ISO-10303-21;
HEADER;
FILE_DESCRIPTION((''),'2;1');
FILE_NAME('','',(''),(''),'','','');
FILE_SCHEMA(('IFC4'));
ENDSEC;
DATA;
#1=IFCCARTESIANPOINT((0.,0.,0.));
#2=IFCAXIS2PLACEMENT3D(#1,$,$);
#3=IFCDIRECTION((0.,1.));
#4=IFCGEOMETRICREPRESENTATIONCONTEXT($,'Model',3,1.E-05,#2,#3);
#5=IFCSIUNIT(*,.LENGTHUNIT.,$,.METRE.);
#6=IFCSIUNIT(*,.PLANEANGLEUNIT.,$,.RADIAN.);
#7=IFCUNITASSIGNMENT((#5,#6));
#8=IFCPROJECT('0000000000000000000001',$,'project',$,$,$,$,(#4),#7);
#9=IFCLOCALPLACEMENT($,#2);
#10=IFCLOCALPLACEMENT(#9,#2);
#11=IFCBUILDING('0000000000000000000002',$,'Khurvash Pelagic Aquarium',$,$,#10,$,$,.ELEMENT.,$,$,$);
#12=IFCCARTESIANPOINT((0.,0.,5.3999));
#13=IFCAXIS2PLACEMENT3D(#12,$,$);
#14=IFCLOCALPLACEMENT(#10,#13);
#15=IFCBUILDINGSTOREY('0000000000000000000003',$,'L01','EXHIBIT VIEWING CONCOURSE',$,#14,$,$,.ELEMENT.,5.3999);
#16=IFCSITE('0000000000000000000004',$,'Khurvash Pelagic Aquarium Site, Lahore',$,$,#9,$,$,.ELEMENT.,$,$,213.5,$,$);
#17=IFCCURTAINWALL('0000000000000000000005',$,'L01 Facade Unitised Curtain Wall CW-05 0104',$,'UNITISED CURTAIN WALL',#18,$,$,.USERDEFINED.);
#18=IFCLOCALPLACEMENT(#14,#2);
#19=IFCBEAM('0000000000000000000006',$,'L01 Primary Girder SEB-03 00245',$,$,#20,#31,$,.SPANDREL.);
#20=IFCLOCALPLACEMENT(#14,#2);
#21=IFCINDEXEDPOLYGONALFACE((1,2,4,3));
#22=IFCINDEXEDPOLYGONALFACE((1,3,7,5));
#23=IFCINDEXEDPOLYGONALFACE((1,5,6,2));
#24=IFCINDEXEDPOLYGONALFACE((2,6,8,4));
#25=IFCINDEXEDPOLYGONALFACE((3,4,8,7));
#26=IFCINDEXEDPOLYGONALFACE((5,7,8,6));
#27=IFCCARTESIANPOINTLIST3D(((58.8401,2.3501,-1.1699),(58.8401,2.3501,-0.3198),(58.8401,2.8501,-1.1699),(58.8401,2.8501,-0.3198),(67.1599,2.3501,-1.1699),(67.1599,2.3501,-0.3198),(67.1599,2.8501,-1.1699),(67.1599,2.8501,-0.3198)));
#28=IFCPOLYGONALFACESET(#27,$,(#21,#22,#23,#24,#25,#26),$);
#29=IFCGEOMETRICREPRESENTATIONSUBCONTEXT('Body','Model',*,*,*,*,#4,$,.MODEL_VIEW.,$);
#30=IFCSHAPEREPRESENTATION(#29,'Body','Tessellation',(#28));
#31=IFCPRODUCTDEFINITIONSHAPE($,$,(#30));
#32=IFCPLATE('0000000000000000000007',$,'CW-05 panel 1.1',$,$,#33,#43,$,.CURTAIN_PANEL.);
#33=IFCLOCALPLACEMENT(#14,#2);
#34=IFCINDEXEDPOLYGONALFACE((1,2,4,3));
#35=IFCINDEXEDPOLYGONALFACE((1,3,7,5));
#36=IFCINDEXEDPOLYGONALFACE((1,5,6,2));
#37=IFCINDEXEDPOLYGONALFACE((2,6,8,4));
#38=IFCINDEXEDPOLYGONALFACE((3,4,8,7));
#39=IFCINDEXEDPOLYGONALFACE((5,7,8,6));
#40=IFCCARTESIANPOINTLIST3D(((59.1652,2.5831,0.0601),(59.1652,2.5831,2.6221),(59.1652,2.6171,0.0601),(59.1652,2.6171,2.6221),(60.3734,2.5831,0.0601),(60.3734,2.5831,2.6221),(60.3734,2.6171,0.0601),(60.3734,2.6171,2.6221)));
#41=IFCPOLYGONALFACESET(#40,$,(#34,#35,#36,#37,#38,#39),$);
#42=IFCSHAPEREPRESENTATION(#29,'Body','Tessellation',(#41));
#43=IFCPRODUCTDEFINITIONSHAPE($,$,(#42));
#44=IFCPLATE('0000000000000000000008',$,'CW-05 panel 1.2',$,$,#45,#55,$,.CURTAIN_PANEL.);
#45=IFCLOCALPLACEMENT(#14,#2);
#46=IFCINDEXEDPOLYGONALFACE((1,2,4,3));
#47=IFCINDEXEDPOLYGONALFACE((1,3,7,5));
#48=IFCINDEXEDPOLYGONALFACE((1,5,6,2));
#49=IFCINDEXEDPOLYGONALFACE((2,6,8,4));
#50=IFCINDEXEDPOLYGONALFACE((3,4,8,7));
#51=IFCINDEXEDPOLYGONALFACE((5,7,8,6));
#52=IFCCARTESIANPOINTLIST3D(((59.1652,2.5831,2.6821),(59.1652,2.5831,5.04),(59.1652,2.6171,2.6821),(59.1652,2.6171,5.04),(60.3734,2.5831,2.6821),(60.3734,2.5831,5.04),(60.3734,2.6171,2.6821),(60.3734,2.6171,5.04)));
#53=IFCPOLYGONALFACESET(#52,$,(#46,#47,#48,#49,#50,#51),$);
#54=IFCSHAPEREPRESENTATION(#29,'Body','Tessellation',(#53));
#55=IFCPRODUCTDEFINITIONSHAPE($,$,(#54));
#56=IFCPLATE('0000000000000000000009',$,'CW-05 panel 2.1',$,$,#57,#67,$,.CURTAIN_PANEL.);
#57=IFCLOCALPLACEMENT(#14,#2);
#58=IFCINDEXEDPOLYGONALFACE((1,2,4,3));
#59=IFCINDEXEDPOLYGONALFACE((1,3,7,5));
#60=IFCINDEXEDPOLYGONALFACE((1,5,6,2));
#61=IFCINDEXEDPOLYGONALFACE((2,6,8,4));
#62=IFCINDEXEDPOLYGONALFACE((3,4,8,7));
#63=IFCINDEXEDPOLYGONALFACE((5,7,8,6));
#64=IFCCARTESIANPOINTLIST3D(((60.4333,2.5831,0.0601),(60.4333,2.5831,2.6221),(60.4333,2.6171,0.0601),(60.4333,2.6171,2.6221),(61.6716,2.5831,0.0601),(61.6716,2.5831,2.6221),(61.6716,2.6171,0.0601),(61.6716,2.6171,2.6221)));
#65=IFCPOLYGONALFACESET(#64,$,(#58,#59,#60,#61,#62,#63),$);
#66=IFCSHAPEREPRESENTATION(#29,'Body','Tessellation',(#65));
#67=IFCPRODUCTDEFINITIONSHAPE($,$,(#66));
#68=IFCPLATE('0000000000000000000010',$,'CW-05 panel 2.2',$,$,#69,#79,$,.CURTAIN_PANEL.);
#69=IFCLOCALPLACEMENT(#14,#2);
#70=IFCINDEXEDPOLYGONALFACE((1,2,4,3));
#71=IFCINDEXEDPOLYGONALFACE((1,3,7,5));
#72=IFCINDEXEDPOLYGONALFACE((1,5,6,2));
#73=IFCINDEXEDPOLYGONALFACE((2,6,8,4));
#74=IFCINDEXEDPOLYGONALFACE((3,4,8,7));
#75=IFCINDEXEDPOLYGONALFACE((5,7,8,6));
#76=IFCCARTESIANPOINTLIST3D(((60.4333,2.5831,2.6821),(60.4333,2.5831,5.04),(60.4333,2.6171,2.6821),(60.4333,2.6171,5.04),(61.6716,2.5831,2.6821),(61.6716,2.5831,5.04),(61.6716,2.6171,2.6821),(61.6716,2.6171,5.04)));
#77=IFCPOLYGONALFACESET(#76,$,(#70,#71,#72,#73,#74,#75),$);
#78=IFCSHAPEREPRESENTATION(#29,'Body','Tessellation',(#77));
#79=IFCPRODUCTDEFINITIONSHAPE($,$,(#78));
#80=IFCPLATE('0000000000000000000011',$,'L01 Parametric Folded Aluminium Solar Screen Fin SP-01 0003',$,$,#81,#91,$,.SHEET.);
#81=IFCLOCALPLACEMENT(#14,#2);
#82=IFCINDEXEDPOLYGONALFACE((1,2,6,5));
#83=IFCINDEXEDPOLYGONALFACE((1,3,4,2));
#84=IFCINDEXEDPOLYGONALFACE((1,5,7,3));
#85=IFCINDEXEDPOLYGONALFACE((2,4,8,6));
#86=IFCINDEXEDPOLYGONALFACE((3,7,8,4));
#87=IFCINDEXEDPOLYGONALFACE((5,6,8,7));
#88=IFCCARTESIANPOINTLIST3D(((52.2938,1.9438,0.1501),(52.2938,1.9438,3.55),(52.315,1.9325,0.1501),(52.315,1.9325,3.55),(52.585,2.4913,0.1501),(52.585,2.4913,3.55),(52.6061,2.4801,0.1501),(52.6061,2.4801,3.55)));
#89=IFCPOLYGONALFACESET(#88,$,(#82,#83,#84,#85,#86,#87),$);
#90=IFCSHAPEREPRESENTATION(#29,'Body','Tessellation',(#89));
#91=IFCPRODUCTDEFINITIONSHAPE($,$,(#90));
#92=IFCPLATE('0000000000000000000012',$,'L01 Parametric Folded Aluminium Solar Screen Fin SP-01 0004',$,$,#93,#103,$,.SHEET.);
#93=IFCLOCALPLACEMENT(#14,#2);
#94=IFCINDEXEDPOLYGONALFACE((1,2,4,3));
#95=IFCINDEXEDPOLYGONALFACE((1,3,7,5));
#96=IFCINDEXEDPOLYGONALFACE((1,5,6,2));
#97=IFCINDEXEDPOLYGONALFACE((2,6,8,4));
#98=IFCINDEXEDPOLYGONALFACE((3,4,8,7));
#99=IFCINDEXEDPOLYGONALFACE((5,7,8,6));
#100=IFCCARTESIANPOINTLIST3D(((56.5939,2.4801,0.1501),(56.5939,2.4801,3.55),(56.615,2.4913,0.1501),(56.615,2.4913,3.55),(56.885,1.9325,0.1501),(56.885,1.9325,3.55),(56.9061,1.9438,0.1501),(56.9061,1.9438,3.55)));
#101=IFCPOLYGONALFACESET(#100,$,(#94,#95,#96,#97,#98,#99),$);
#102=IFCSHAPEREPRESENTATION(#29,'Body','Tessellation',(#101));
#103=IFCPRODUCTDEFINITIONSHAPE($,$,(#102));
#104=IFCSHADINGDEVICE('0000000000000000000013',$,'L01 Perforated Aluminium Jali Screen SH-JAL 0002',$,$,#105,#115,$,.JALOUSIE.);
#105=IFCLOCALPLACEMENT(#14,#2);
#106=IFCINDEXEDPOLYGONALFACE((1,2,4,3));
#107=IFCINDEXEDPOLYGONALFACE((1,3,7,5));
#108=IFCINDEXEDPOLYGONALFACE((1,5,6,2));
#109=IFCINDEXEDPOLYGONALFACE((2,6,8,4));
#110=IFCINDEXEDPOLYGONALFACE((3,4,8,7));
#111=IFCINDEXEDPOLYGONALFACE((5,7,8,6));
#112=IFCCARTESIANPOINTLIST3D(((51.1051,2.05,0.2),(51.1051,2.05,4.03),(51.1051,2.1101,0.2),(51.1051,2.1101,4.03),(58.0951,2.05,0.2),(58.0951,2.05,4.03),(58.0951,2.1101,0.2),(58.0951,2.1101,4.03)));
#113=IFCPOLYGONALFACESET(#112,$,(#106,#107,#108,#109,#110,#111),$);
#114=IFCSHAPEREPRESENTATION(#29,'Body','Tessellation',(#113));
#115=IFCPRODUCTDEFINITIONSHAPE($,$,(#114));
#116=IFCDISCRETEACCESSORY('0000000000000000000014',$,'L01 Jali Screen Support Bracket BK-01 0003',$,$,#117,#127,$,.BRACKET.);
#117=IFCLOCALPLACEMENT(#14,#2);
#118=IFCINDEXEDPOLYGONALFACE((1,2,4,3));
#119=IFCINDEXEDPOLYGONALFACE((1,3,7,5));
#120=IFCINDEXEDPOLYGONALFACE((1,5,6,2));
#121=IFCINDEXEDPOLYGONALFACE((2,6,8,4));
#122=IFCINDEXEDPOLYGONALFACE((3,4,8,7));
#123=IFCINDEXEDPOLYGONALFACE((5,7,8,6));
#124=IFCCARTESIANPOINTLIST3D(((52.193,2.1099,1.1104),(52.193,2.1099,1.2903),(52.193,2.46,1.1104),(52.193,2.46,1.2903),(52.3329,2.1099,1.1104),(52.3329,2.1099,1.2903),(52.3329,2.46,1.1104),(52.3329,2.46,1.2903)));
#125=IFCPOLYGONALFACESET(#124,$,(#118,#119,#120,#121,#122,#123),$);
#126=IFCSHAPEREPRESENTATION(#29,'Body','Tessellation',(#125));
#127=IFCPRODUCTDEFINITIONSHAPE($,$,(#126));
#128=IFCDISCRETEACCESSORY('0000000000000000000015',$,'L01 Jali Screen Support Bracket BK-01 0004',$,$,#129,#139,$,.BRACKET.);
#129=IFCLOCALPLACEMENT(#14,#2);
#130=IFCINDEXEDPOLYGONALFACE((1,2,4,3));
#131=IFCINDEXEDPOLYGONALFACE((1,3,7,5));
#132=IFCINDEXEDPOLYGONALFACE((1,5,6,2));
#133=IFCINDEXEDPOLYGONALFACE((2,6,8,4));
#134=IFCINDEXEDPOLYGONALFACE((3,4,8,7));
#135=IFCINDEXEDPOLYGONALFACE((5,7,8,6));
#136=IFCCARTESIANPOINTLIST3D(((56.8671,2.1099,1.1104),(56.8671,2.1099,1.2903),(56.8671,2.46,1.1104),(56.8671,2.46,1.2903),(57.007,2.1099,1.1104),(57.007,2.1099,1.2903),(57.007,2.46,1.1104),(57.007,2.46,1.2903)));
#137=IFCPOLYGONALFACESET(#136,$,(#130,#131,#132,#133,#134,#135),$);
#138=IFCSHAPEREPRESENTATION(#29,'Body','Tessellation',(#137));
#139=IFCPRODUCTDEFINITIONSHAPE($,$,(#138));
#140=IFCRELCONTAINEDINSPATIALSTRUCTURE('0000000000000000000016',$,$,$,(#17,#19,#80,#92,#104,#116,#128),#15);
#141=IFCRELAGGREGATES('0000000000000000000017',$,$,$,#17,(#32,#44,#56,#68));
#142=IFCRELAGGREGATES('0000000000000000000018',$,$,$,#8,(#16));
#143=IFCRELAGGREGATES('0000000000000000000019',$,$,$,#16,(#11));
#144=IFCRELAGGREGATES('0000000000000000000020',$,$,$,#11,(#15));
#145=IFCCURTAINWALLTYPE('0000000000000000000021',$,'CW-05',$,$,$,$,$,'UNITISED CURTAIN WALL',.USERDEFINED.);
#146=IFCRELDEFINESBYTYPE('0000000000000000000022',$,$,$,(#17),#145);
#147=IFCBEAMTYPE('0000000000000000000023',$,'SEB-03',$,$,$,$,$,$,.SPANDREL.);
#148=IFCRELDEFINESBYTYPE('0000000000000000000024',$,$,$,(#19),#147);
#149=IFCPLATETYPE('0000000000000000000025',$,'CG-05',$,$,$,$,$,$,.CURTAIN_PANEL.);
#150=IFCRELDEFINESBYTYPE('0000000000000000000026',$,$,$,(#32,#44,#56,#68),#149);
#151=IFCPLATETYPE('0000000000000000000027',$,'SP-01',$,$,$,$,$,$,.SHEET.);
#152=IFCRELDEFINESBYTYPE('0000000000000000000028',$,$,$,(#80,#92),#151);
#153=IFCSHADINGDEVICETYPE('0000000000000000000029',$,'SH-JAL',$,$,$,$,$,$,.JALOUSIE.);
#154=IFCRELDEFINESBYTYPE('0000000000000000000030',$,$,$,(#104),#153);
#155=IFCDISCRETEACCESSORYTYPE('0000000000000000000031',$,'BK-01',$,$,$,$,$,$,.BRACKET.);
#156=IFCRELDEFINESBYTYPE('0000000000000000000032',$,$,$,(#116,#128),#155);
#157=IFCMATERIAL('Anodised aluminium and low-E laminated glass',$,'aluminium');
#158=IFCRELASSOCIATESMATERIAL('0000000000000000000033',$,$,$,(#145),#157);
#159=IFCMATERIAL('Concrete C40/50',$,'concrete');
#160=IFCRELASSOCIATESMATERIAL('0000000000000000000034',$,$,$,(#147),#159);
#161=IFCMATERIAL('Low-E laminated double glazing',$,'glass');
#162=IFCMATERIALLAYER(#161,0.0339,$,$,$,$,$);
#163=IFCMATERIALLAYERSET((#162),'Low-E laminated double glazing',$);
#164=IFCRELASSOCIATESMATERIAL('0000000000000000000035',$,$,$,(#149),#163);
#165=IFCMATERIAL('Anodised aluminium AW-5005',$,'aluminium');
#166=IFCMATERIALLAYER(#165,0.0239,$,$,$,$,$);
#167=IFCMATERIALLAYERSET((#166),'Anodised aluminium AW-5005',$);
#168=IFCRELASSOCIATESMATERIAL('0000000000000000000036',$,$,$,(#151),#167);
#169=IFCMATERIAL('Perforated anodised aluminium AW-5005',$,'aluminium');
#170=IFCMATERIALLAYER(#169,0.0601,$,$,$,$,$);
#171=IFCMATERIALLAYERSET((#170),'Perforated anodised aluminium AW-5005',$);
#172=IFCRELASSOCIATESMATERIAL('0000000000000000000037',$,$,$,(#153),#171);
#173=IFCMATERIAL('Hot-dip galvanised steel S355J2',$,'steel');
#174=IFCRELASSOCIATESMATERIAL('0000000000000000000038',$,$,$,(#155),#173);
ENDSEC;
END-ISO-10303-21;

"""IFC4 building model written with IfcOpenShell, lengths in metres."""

from ifc_helpers import new_model, si_unit, direction, frame, origin, origin_2d, place, context, subcontext, project, spatial, rectangle, extrude, material, layer, layer_set, material_profile, profile_set, type_object, element, aggregate, save


model = new_model("IFC4")

# Units and contexts
model_context = context("Model", 3, precision=1e-05, world=origin(), true_north=direction((0.0, 1.0)))
body_context = subcontext(model_context, "Body", "Model", "MODEL_VIEW")
ifc_project = project(units=[si_unit("LENGTHUNIT", "METRE"), si_unit("PLANEANGLEUNIT", "RADIAN")], contexts=[model_context])

# Site, building, storey
site_placement = place(None, origin())
site = spatial("IfcSite", under=ifc_project, at=site_placement, Name="Khurvash Pelagic Aquarium Site, Lahore", CompositionType="ELEMENT", RefElevation=213.5)
building_placement = place(site_placement, origin())
building = spatial("IfcBuilding", under=site, at=building_placement, Name="Khurvash Pelagic Aquarium", CompositionType="ELEMENT")
storey_placement = place(building_placement, frame((0.0, 0.0, 5.3999)))
storey = spatial("IfcBuildingStorey", under=building, at=storey_placement, Name="L01", Description="EXHIBIT VIEWING CONCOURSE", CompositionType="ELEMENT", Elevation=5.3999)

# Shared definitions
ifc_material_1 = material(Name="Concrete C40/50", Category="concrete")

# Curtain wall
ifc_material_2 = material(Name="Anodised aluminium and low-E laminated glass", Category="aluminium")
curtain_wall_type = type_object("IfcCurtainWallType", Name="CW-05", ElementType="UNITISED CURTAIN WALL", PredefinedType="USERDEFINED", material=ifc_material_2)
curtain_wall_placement = place(storey_placement, origin())
curtain_wall = element("IfcCurtainWall", 1, at=curtain_wall_placement, inside=storey, type_object=curtain_wall_type, Name="L01 Facade Unitised Curtain Wall CW-05 0104", ObjectType="UNITISED CURTAIN WALL", PredefinedType="USERDEFINED")

# Beam
ifc_material_profile_1 = material_profile(ifc_material_1, rectangle(XDim=0.5, YDim=0.8501, at=origin_2d()), Name="RC500X850")
ifc_profile_set_1 = profile_set([ifc_material_profile_1], Name="Concrete C40/50")
beam_type = type_object("IfcBeamType", Name="SEB-03", PredefinedType="SPANDREL", material=ifc_profile_set_1)
beam_placement = place(storey_placement, frame((58.8401, 2.6001, -0.7449), z_axis=(1.0, 0.0, 0.0), x_axis=(0.0, 1.0, 0.0)))
element("IfcBeam", 2, at=beam_placement, inside=storey, type_object=beam_type, Name="L01 Primary Girder SEB-03 00245", PredefinedType="SPANDREL", context=body_context, shape_type="SweptSolid", body=[
    extrude(rectangle(XDim=0.5, YDim=0.8501, at=origin_2d()), origin(), (0.0, 0.0, 1.0), 8.3198),
])

# Plates
ifc_material_3 = material(Name="Low-E laminated double glazing", Category="glass")
ifc_layer_1 = layer(ifc_material_3, 0.0339)
ifc_layer_set_1 = layer_set([ifc_layer_1], Name="Low-E laminated double glazing")
plate_type_1 = type_object("IfcPlateType", Name="CG-05", PredefinedType="CURTAIN_PANEL", material=ifc_layer_set_1)
plate_1_placement = place(storey_placement, frame((59.7693, 2.6001, 0.0601), z_axis=(0.0, 0.0, 1.0), x_axis=(1.0, 0.0, 0.0)))
plate_1 = element("IfcPlate", 3, at=plate_1_placement, type_object=plate_type_1, Name="CW-05 panel 1.1", PredefinedType="CURTAIN_PANEL", context=body_context, shape_type="SweptSolid", body=[
    extrude(rectangle(XDim=1.2083, YDim=0.0339, at=origin_2d()), origin(), (0.0, 0.0, 1.0), 2.562),
])
plate_2_placement = place(storey_placement, frame((59.7693, 2.6001, 2.6821), z_axis=(0.0, 0.0, 1.0), x_axis=(1.0, 0.0, 0.0)))
plate_2 = element("IfcPlate", 4, at=plate_2_placement, type_object=plate_type_1, Name="CW-05 panel 1.2", PredefinedType="CURTAIN_PANEL", context=body_context, shape_type="SweptSolid", body=[
    extrude(rectangle(XDim=1.2083, YDim=0.0339, at=origin_2d()), origin(), (0.0, 0.0, 1.0), 2.3579),
])
plate_3_placement = place(storey_placement, frame((61.0525, 2.6001, 0.0601), z_axis=(0.0, 0.0, 1.0), x_axis=(1.0, 0.0, 0.0)))
plate_3 = element("IfcPlate", 5, at=plate_3_placement, type_object=plate_type_1, Name="CW-05 panel 2.1", PredefinedType="CURTAIN_PANEL", context=body_context, shape_type="SweptSolid", body=[
    extrude(rectangle(XDim=1.2383, YDim=0.0339, at=origin_2d()), origin(), (0.0, 0.0, 1.0), 2.562),
])
plate_4_placement = place(storey_placement, frame((61.0525, 2.6001, 2.6821), z_axis=(0.0, 0.0, 1.0), x_axis=(1.0, 0.0, 0.0)))
plate_4 = element("IfcPlate", 6, at=plate_4_placement, type_object=plate_type_1, Name="CW-05 panel 2.2", PredefinedType="CURTAIN_PANEL", context=body_context, shape_type="SweptSolid", body=[
    extrude(rectangle(XDim=1.2383, YDim=0.0339, at=origin_2d()), origin(), (0.0, 0.0, 1.0), 2.3579),
])
aggregate(curtain_wall, [plate_1, plate_2, plate_3, plate_4])

# Plates
ifc_material_4 = material(Name="Anodised aluminium AW-5005", Category="aluminium")
ifc_layer_2 = layer(ifc_material_4, 0.0239)
ifc_layer_set_2 = layer_set([ifc_layer_2], Name="Anodised aluminium AW-5005")
plate_type_2 = type_object("IfcPlateType", Name="SP-01", PredefinedType="SHEET", material=ifc_layer_set_2)
for number, where, z_axis, x_axis, name in (
    (7, (52.45, 2.2119, 0.1501), (0.0, 0.0, 1.0), (-0.469472, -0.882948, 0.0), "L01 Parametric Folded Aluminium Solar Screen Fin SP-01 0003"),
    (8, (56.75, 2.2119, 0.1501), (0.0, 0.0, 1.0), (0.469472, -0.882948, 0.0), "L01 Parametric Folded Aluminium Solar Screen Fin SP-01 0004"),
):
    element("IfcPlate", number, at=place(storey_placement, frame(where, z_axis=z_axis, x_axis=x_axis)), inside=storey, type_object=plate_type_2, Name=name, PredefinedType="SHEET", context=body_context, shape_type="SweptSolid", body=[
        extrude(rectangle(XDim=0.6201, YDim=0.0239, at=origin_2d()), origin(), (0.0, 0.0, 1.0), 3.3999),
    ])

# Shading device
ifc_material_5 = material(Name="Perforated anodised aluminium AW-5005", Category="aluminium")
ifc_layer_3 = layer(ifc_material_5, 0.0601)
ifc_layer_set_3 = layer_set([ifc_layer_3], Name="Perforated anodised aluminium AW-5005")
shading_device_type = type_object("IfcShadingDeviceType", Name="SH-JAL", PredefinedType="JALOUSIE", material=ifc_layer_set_3)
shading_device_placement = place(storey_placement, frame((54.6001, 2.0801, 0.2), z_axis=(0.0, 0.0, 1.0), x_axis=(1.0, 0.0, 0.0)))
element("IfcShadingDevice", 9, at=shading_device_placement, inside=storey, type_object=shading_device_type, Name="L01 Perforated Aluminium Jali Screen SH-JAL 0002", PredefinedType="JALOUSIE", context=body_context, shape_type="SweptSolid", body=[
    extrude(rectangle(XDim=6.99, YDim=0.0601, at=origin_2d()), origin(), (0.0, 0.0, 1.0), 3.8301),
])

# Discrete accessories
ifc_material_6 = material(Name="Hot-dip galvanised steel S355J2", Category="steel")
discrete_accessory_type = type_object("IfcDiscreteAccessoryType", Name="BK-01", PredefinedType="BRACKET", material=ifc_material_6)
for number, where, z_axis, x_axis, name in (
    (10, (52.2629, 2.2849, 1.1104), (0.0, 0.0, 1.0), (1.0, 0.0, 0.0), "L01 Jali Screen Support Bracket BK-01 0003"),
    (11, (56.937, 2.2849, 1.1104), (0.0, 0.0, 1.0), (1.0, 0.0, 0.0), "L01 Jali Screen Support Bracket BK-01 0004"),
):
    element("IfcDiscreteAccessory", number, at=place(storey_placement, frame(where, z_axis=z_axis, x_axis=x_axis)), inside=storey, type_object=discrete_accessory_type, Name=name, PredefinedType="BRACKET", context=body_context, shape_type="SweptSolid", body=[
        extrude(rectangle(XDim=0.1399, YDim=0.3501, at=origin_2d()), origin(), (0.0, 0.0, 1.0), 0.1799),
    ])

save(model, "model.ifc")
